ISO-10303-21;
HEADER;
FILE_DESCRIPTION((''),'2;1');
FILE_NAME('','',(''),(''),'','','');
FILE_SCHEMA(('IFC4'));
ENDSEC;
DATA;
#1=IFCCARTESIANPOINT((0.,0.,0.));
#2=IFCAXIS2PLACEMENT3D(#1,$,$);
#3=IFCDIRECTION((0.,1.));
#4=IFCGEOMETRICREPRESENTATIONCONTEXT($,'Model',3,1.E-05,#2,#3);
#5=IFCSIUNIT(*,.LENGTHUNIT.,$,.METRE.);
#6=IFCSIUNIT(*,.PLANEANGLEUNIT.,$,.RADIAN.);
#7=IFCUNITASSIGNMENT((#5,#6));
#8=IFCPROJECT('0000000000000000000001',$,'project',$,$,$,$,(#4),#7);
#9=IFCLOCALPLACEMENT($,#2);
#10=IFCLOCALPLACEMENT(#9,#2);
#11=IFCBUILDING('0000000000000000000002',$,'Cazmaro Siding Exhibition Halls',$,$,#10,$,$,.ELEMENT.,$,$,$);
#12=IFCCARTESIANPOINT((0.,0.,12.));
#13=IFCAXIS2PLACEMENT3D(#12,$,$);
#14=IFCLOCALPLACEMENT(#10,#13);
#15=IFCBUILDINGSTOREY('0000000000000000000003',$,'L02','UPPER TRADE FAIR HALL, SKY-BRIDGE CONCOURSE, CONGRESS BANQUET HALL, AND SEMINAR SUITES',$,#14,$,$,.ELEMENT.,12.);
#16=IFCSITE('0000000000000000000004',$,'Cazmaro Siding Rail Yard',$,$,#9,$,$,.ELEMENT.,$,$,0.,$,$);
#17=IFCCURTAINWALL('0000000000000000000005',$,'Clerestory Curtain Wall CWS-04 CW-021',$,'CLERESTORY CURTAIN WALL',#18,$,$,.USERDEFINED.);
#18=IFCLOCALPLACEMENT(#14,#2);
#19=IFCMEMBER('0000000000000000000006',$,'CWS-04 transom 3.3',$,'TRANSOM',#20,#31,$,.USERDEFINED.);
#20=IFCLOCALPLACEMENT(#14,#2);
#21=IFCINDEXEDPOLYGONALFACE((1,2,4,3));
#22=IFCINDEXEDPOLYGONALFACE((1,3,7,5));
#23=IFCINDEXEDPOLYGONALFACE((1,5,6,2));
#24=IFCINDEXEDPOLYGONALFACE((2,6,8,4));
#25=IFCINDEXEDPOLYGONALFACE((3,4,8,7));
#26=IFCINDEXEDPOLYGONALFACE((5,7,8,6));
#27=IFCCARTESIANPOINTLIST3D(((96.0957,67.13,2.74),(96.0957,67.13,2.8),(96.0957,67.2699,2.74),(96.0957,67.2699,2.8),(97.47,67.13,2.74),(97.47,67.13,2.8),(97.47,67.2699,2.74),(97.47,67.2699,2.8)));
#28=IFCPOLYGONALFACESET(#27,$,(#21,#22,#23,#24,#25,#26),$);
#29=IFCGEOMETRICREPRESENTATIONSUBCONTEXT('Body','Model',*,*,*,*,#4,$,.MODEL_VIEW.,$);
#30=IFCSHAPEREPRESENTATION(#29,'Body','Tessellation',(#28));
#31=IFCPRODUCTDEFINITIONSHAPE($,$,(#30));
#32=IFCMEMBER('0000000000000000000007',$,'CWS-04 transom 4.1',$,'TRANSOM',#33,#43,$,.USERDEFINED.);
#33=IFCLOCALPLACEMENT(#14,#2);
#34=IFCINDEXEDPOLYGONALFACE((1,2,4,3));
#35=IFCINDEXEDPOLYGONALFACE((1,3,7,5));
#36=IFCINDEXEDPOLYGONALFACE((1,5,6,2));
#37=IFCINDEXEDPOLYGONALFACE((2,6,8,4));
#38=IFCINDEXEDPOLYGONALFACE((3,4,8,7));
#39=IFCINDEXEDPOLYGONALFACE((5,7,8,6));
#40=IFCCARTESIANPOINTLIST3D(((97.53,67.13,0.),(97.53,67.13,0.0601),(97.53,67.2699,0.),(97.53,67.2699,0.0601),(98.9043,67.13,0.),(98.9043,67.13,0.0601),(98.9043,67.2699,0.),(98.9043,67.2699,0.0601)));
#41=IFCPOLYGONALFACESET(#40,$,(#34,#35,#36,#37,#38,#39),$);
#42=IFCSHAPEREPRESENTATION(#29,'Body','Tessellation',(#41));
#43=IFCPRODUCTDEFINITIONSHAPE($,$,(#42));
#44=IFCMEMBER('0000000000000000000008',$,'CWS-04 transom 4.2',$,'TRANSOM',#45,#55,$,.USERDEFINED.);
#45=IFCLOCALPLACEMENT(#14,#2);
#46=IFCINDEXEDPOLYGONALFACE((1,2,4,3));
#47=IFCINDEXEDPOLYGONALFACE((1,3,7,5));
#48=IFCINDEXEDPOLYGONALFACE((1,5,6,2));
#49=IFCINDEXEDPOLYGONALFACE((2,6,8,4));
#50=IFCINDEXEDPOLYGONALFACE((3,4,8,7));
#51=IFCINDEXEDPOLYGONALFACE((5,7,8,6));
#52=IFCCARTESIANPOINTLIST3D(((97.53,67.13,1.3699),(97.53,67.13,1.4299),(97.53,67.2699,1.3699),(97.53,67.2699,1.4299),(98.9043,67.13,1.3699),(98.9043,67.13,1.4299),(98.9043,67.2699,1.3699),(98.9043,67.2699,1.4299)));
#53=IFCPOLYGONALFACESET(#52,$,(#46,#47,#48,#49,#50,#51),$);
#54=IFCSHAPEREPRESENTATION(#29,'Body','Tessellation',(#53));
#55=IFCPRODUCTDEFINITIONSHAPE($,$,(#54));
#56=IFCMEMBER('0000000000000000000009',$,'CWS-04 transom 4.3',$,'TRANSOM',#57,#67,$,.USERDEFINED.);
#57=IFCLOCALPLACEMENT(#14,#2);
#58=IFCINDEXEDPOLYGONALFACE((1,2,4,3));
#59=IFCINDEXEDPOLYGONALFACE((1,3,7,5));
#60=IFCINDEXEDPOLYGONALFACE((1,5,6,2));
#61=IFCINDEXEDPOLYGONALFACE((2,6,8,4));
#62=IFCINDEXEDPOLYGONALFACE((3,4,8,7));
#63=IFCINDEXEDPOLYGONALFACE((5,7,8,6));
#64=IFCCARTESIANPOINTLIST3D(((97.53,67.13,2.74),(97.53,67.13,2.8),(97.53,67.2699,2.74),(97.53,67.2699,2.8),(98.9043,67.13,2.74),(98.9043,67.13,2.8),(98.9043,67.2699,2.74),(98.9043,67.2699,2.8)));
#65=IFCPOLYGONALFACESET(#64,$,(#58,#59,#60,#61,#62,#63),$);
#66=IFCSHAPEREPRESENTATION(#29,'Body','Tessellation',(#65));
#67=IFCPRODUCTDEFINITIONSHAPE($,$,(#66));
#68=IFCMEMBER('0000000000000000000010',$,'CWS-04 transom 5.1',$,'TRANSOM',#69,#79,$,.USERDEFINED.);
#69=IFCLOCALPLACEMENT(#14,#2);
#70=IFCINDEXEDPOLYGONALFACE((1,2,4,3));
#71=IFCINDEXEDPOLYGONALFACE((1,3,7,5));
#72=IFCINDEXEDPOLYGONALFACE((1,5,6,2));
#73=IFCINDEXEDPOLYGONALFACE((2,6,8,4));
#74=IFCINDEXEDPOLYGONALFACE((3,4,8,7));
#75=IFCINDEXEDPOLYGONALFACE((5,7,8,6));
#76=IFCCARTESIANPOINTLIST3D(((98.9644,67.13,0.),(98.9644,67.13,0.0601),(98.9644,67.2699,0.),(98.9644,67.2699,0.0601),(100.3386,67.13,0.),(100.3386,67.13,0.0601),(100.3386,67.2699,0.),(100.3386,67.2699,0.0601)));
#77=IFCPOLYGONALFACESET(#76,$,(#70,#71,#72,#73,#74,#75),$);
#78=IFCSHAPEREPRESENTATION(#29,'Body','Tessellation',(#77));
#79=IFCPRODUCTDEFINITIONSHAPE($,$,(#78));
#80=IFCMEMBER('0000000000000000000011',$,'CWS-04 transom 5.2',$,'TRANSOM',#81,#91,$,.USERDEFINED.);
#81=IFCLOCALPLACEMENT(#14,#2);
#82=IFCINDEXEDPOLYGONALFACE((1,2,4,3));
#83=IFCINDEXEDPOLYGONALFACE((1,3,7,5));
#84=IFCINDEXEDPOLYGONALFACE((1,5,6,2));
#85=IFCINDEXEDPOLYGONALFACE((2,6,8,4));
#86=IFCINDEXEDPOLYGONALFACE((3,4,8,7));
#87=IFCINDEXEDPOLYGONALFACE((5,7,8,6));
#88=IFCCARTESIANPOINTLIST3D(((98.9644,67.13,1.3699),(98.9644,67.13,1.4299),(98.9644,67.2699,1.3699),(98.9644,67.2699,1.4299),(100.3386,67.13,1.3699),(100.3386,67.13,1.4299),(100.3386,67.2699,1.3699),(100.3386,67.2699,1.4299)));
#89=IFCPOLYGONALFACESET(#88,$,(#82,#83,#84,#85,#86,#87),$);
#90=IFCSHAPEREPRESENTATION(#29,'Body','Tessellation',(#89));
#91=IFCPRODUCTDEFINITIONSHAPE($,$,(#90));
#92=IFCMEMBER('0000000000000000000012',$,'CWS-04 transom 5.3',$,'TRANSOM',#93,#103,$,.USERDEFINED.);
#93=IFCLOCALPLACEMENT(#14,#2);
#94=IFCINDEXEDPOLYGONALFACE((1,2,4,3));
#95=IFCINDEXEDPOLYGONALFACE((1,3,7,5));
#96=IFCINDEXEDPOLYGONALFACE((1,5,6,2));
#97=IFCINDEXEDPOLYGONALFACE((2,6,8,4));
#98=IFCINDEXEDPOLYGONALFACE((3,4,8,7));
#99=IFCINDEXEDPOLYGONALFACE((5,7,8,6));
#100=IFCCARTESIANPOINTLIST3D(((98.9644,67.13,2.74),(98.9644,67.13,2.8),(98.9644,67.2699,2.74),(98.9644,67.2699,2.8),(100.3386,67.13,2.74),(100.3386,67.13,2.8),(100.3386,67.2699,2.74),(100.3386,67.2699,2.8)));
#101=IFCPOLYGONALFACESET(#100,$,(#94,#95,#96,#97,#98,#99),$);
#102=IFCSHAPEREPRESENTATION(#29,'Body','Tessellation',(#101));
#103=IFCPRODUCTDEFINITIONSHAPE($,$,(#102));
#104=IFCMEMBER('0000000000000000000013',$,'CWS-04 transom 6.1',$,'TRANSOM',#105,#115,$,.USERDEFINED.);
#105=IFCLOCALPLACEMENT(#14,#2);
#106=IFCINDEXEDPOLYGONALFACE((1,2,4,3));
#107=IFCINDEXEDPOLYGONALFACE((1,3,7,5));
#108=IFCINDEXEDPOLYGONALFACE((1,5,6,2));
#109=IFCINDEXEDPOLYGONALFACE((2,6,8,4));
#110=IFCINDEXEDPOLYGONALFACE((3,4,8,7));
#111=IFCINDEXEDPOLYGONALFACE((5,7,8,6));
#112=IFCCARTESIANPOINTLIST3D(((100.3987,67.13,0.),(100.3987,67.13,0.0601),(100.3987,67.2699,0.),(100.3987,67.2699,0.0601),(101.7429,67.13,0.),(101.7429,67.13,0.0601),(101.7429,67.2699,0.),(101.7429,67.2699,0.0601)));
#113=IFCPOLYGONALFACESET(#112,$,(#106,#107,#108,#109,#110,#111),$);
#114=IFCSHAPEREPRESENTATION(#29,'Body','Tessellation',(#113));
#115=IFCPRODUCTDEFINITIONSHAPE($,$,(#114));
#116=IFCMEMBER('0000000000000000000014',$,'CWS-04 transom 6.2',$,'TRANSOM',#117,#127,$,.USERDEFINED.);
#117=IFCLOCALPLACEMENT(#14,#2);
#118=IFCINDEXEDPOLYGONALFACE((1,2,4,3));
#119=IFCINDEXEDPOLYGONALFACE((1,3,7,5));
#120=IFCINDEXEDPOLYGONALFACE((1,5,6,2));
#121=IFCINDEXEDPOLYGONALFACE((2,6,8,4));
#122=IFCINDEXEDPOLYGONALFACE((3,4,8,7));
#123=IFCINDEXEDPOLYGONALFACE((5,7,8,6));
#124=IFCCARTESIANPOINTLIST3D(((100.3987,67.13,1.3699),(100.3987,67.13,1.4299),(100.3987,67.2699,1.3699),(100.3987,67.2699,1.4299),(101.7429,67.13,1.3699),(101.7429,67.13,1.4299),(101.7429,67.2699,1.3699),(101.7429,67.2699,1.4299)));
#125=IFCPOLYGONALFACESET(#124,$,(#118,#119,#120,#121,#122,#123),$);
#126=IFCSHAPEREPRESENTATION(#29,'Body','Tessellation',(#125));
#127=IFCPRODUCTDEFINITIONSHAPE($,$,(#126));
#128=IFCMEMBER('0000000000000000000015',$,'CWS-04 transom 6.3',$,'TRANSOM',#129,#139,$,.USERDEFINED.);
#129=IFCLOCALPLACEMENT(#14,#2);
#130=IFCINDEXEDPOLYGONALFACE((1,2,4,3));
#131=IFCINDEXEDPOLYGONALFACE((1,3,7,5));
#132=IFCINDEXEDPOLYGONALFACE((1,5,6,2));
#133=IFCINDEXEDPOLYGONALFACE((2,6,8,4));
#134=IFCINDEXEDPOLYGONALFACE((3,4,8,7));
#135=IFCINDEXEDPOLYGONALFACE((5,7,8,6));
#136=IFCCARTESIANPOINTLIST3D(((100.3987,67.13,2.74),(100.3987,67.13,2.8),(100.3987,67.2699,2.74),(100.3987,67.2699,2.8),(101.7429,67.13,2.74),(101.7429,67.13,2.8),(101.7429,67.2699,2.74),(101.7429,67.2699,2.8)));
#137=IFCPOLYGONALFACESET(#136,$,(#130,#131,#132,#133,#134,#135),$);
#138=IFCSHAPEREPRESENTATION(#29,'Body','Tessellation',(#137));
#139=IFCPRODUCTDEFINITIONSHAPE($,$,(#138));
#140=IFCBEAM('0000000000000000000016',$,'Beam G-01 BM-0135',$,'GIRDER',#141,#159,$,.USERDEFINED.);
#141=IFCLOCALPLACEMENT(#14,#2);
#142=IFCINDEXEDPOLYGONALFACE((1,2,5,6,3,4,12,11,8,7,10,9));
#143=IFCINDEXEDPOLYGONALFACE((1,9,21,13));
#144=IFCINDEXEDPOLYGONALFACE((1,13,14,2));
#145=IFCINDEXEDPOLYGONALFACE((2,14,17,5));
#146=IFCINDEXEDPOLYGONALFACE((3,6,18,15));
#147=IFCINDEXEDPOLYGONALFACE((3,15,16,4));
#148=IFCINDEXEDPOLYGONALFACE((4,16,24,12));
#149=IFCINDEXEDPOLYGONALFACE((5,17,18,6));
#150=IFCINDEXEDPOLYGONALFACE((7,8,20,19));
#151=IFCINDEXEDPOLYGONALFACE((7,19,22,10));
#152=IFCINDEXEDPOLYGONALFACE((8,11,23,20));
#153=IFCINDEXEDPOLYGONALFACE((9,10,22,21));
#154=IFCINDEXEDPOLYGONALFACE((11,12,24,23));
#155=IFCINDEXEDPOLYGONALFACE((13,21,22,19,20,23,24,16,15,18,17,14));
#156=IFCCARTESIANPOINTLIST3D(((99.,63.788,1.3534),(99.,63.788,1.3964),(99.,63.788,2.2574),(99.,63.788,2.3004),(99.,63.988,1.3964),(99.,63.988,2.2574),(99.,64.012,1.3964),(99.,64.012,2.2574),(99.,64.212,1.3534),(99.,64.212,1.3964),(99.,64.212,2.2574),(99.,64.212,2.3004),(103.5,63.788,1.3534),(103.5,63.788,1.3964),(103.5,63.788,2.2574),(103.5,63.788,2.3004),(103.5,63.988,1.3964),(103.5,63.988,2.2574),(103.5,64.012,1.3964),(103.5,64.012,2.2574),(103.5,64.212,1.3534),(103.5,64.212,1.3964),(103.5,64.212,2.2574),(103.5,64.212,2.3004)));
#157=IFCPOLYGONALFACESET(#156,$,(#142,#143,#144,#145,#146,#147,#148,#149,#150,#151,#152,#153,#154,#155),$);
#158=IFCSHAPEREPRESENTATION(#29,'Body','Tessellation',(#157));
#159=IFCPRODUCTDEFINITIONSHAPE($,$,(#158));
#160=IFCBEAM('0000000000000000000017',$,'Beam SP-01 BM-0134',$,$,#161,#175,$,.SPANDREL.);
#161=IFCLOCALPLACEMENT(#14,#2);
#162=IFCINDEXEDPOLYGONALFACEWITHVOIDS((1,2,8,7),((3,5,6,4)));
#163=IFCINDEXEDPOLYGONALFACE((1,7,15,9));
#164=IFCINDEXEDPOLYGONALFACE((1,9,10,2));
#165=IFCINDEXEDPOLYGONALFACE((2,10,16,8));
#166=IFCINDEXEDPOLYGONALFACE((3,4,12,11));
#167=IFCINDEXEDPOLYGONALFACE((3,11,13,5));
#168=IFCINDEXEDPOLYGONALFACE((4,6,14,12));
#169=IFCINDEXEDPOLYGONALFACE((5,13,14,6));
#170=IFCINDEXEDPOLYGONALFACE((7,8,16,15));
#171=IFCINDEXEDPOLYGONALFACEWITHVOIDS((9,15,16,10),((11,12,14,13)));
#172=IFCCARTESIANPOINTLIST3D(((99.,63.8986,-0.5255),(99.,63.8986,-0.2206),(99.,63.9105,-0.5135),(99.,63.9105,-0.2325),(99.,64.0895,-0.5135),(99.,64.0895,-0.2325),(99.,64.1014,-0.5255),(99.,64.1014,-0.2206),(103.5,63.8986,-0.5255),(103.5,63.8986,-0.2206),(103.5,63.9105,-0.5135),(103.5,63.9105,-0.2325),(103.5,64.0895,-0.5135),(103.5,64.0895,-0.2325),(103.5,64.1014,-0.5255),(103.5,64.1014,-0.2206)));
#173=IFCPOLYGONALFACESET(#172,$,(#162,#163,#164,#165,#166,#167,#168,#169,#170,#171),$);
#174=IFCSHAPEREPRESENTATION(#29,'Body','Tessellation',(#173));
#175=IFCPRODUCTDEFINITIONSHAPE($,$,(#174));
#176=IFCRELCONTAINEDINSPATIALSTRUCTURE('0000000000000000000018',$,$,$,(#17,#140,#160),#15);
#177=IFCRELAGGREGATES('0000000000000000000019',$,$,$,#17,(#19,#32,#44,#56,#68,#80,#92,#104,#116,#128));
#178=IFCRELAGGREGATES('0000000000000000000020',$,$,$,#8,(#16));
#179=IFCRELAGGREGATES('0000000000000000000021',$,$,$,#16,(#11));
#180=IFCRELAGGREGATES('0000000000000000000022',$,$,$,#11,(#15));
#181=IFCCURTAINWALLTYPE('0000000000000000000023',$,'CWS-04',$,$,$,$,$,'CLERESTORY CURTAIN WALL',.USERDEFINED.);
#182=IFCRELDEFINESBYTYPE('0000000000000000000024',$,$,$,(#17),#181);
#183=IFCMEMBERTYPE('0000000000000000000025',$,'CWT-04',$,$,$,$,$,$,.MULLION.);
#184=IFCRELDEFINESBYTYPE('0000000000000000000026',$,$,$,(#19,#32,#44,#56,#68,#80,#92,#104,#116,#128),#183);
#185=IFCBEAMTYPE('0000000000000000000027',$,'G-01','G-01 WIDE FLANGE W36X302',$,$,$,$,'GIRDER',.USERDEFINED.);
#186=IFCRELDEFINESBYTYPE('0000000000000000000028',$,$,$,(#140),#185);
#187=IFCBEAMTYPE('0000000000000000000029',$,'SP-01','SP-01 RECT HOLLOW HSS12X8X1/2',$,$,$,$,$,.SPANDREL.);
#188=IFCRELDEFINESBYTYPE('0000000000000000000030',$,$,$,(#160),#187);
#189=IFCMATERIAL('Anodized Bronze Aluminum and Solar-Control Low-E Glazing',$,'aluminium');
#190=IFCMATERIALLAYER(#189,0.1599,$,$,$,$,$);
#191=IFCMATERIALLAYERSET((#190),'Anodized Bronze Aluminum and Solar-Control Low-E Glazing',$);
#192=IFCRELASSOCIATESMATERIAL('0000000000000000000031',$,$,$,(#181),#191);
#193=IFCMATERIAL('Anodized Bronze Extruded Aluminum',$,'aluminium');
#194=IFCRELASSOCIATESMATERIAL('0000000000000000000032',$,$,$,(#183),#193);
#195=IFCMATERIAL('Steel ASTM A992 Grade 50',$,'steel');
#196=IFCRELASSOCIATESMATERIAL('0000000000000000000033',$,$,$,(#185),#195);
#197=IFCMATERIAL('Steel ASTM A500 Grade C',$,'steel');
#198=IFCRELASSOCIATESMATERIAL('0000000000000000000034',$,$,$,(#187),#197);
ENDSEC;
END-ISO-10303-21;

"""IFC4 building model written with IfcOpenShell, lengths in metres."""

from ifc_helpers import new_model, si_unit, direction, frame, origin, origin_2d, place, context, subcontext, project, spatial, rectangle, hollow_rectangle, i_section, extrude, material, layer, layer_set, material_profile, profile_set, type_object, element, aggregate, save


model = new_model("IFC4")

# Units and contexts
model_context = context("Model", 3, precision=1e-05, world=origin(), true_north=direction((0.0, 1.0)))
body_context = subcontext(model_context, "Body", "Model", "MODEL_VIEW")
ifc_project = project(units=[si_unit("LENGTHUNIT", "METRE"), si_unit("PLANEANGLEUNIT", "RADIAN")], contexts=[model_context])

# Site, building, storey
site_placement = place(None, origin())
site = spatial("IfcSite", under=ifc_project, at=site_placement, Name="Cazmaro Siding Rail Yard", CompositionType="ELEMENT", RefElevation=0.0)
building_placement = place(site_placement, origin())
building = spatial("IfcBuilding", under=site, at=building_placement, Name="Cazmaro Siding Exhibition Halls", CompositionType="ELEMENT")
storey_placement = place(building_placement, frame((0.0, 0.0, 12.0)))
storey = spatial("IfcBuildingStorey", under=building, at=storey_placement, Name="L02", Description="UPPER TRADE FAIR HALL, SKY-BRIDGE CONCOURSE, CONGRESS BANQUET HALL, AND SEMINAR SUITES", CompositionType="ELEMENT", Elevation=12.0)

# Curtain wall, members
ifc_material_1 = material(Name="Anodized Bronze Aluminum and Solar-Control Low-E Glazing", Category="aluminium")
ifc_layer_1 = layer(ifc_material_1, 0.1599)
ifc_layer_set_1 = layer_set([ifc_layer_1], Name="Anodized Bronze Aluminum and Solar-Control Low-E Glazing")
curtain_wall_type = type_object("IfcCurtainWallType", Name="CWS-04", ElementType="CLERESTORY CURTAIN WALL", PredefinedType="USERDEFINED", material=ifc_layer_set_1)
curtain_wall_placement = place(storey_placement, origin())
curtain_wall = element("IfcCurtainWall", 1, at=curtain_wall_placement, inside=storey, type_object=curtain_wall_type, Name="Clerestory Curtain Wall CWS-04 CW-021", ObjectType="CLERESTORY CURTAIN WALL", PredefinedType="USERDEFINED")
ifc_material_2 = material(Name="Anodized Bronze Extruded Aluminum", Category="aluminium")
ifc_material_profile_1 = material_profile(ifc_material_2, rectangle(XDim=0.1399, YDim=0.0601, at=origin_2d()), Name="CWT-04")
ifc_profile_set_1 = profile_set([ifc_material_profile_1], Name="Anodized Bronze Extruded Aluminum")
member_type_1 = type_object("IfcMemberType", Name="CWT-04", PredefinedType="MULLION", material=ifc_profile_set_1)
member_1_placement = place(storey_placement, frame((96.0957, 67.2, 2.77), z_axis=(1.0, 0.0, 0.0), x_axis=(0.0, 1.0, 0.0)))
member_1 = element("IfcMember", 2, at=member_1_placement, type_object=member_type_1, Name="CWS-04 transom 3.3", ObjectType="TRANSOM", PredefinedType="USERDEFINED", context=body_context, shape_type="SweptSolid", body=[
    extrude(rectangle(XDim=0.1399, YDim=0.0601, at=origin_2d()), origin(), (0.0, 0.0, 1.0), 1.3743),
])
member_2_placement = place(storey_placement, frame((97.53, 67.2, 0.03), z_axis=(1.0, 0.0, 0.0), x_axis=(0.0, 1.0, 0.0)))
member_2 = element("IfcMember", 3, at=member_2_placement, type_object=member_type_1, Name="CWS-04 transom 4.1", ObjectType="TRANSOM", PredefinedType="USERDEFINED", context=body_context, shape_type="SweptSolid", body=[
    extrude(rectangle(XDim=0.1399, YDim=0.0601, at=origin_2d()), origin(), (0.0, 0.0, 1.0), 1.3743),
])
member_3_placement = place(storey_placement, frame((97.53, 67.2, 1.3999), z_axis=(1.0, 0.0, 0.0), x_axis=(0.0, 1.0, 0.0)))
member_3 = element("IfcMember", 4, at=member_3_placement, type_object=member_type_1, Name="CWS-04 transom 4.2", ObjectType="TRANSOM", PredefinedType="USERDEFINED", context=body_context, shape_type="SweptSolid", body=[
    extrude(rectangle(XDim=0.1399, YDim=0.0601, at=origin_2d()), origin(), (0.0, 0.0, 1.0), 1.3743),
])
member_4_placement = place(storey_placement, frame((97.53, 67.2, 2.77), z_axis=(1.0, 0.0, 0.0), x_axis=(0.0, 1.0, 0.0)))
member_4 = element("IfcMember", 5, at=member_4_placement, type_object=member_type_1, Name="CWS-04 transom 4.3", ObjectType="TRANSOM", PredefinedType="USERDEFINED", context=body_context, shape_type="SweptSolid", body=[
    extrude(rectangle(XDim=0.1399, YDim=0.0601, at=origin_2d()), origin(), (0.0, 0.0, 1.0), 1.3743),
])
member_5_placement = place(storey_placement, frame((98.9644, 67.2, 0.03), z_axis=(1.0, 0.0, 0.0), x_axis=(0.0, 1.0, 0.0)))
member_5 = element("IfcMember", 6, at=member_5_placement, type_object=member_type_1, Name="CWS-04 transom 5.1", ObjectType="TRANSOM", PredefinedType="USERDEFINED", context=body_context, shape_type="SweptSolid", body=[
    extrude(rectangle(XDim=0.1399, YDim=0.0601, at=origin_2d()), origin(), (0.0, 0.0, 1.0), 1.3743),
])
member_6_placement = place(storey_placement, frame((98.9644, 67.2, 1.3999), z_axis=(1.0, 0.0, 0.0), x_axis=(0.0, 1.0, 0.0)))
member_6 = element("IfcMember", 7, at=member_6_placement, type_object=member_type_1, Name="CWS-04 transom 5.2", ObjectType="TRANSOM", PredefinedType="USERDEFINED", context=body_context, shape_type="SweptSolid", body=[
    extrude(rectangle(XDim=0.1399, YDim=0.0601, at=origin_2d()), origin(), (0.0, 0.0, 1.0), 1.3743),
])
member_7_placement = place(storey_placement, frame((98.9644, 67.2, 2.77), z_axis=(1.0, 0.0, 0.0), x_axis=(0.0, 1.0, 0.0)))
member_7 = element("IfcMember", 8, at=member_7_placement, type_object=member_type_1, Name="CWS-04 transom 5.3", ObjectType="TRANSOM", PredefinedType="USERDEFINED", context=body_context, shape_type="SweptSolid", body=[
    extrude(rectangle(XDim=0.1399, YDim=0.0601, at=origin_2d()), origin(), (0.0, 0.0, 1.0), 1.3743),
])
member_8_placement = place(storey_placement, frame((100.3987, 67.2, 0.03), z_axis=(1.0, 0.0, 0.0), x_axis=(0.0, 1.0, 0.0)))
member_8 = element("IfcMember", 9, at=member_8_placement, type_object=member_type_1, Name="CWS-04 transom 6.1", ObjectType="TRANSOM", PredefinedType="USERDEFINED", context=body_context, shape_type="SweptSolid", body=[
    extrude(rectangle(XDim=0.1399, YDim=0.0601, at=origin_2d()), origin(), (0.0, 0.0, 1.0), 1.3442),
])
member_9_placement = place(storey_placement, frame((100.3987, 67.2, 1.3999), z_axis=(1.0, 0.0, 0.0), x_axis=(0.0, 1.0, 0.0)))
member_9 = element("IfcMember", 10, at=member_9_placement, type_object=member_type_1, Name="CWS-04 transom 6.2", ObjectType="TRANSOM", PredefinedType="USERDEFINED", context=body_context, shape_type="SweptSolid", body=[
    extrude(rectangle(XDim=0.1399, YDim=0.0601, at=origin_2d()), origin(), (0.0, 0.0, 1.0), 1.3442),
])
member_10_placement = place(storey_placement, frame((100.3987, 67.2, 2.77), z_axis=(1.0, 0.0, 0.0), x_axis=(0.0, 1.0, 0.0)))
member_10 = element("IfcMember", 11, at=member_10_placement, type_object=member_type_1, Name="CWS-04 transom 6.3", ObjectType="TRANSOM", PredefinedType="USERDEFINED", context=body_context, shape_type="SweptSolid", body=[
    extrude(rectangle(XDim=0.1399, YDim=0.0601, at=origin_2d()), origin(), (0.0, 0.0, 1.0), 1.3442),
])

# Beams
ifc_material_3 = material(Name="Steel ASTM A992 Grade 50", Category="steel")
ifc_material_profile_2 = material_profile(ifc_material_3, i_section(OverallWidth=0.4241, OverallDepth=0.947, WebThickness=0.0239, FlangeThickness=0.043, at=origin_2d()), Name="W36X302")
ifc_profile_set_2 = profile_set([ifc_material_profile_2], Name="Steel ASTM A992 Grade 50")
beam_type_1 = type_object("IfcBeamType", Name="G-01", Description="G-01 WIDE FLANGE W36X302", ElementType="GIRDER", PredefinedType="USERDEFINED", material=ifc_profile_set_2)
beam_1_placement = place(storey_placement, frame((99.0, 64.0, 1.8269), z_axis=(1.0, 0.0, 0.0), x_axis=(0.0, 1.0, 0.0)))
element("IfcBeam", 12, at=beam_1_placement, inside=storey, type_object=beam_type_1, Name="Beam G-01 BM-0135", ObjectType="GIRDER", PredefinedType="USERDEFINED", context=body_context, shape_type="SweptSolid", body=[
    extrude(i_section(OverallWidth=0.4241, OverallDepth=0.947, WebThickness=0.0239, FlangeThickness=0.043, at=origin_2d()), origin(), (0.0, 0.0, 1.0), 4.5),
])
ifc_material_4 = material(Name="Steel ASTM A500 Grade C", Category="steel")
ifc_material_profile_3 = material_profile(ifc_material_4, hollow_rectangle(XDim=0.2029, YDim=0.3049, WallThickness=0.012, at=origin_2d()), Name="HSS12X8X1/2")
ifc_profile_set_3 = profile_set([ifc_material_profile_3], Name="Steel ASTM A500 Grade C")
beam_type_2 = type_object("IfcBeamType", Name="SP-01", Description="SP-01 RECT HOLLOW HSS12X8X1/2", PredefinedType="SPANDREL", material=ifc_profile_set_3)
beam_2_placement = place(storey_placement, frame((99.0, 64.0, -0.373), z_axis=(1.0, 0.0, 0.0), x_axis=(0.0, 1.0, 0.0)))
element("IfcBeam", 13, at=beam_2_placement, inside=storey, type_object=beam_type_2, Name="Beam SP-01 BM-0134", PredefinedType="SPANDREL", context=body_context, shape_type="SweptSolid", body=[
    extrude(hollow_rectangle(XDim=0.2029, YDim=0.3049, WallThickness=0.012, at=origin_2d()), origin(), (0.0, 0.0, 1.0), 4.5),
])

aggregate(curtain_wall, [member_1, member_2, member_3, member_4, member_5, member_6, member_7, member_8, member_9, member_10])

save(model, "model.ifc")
